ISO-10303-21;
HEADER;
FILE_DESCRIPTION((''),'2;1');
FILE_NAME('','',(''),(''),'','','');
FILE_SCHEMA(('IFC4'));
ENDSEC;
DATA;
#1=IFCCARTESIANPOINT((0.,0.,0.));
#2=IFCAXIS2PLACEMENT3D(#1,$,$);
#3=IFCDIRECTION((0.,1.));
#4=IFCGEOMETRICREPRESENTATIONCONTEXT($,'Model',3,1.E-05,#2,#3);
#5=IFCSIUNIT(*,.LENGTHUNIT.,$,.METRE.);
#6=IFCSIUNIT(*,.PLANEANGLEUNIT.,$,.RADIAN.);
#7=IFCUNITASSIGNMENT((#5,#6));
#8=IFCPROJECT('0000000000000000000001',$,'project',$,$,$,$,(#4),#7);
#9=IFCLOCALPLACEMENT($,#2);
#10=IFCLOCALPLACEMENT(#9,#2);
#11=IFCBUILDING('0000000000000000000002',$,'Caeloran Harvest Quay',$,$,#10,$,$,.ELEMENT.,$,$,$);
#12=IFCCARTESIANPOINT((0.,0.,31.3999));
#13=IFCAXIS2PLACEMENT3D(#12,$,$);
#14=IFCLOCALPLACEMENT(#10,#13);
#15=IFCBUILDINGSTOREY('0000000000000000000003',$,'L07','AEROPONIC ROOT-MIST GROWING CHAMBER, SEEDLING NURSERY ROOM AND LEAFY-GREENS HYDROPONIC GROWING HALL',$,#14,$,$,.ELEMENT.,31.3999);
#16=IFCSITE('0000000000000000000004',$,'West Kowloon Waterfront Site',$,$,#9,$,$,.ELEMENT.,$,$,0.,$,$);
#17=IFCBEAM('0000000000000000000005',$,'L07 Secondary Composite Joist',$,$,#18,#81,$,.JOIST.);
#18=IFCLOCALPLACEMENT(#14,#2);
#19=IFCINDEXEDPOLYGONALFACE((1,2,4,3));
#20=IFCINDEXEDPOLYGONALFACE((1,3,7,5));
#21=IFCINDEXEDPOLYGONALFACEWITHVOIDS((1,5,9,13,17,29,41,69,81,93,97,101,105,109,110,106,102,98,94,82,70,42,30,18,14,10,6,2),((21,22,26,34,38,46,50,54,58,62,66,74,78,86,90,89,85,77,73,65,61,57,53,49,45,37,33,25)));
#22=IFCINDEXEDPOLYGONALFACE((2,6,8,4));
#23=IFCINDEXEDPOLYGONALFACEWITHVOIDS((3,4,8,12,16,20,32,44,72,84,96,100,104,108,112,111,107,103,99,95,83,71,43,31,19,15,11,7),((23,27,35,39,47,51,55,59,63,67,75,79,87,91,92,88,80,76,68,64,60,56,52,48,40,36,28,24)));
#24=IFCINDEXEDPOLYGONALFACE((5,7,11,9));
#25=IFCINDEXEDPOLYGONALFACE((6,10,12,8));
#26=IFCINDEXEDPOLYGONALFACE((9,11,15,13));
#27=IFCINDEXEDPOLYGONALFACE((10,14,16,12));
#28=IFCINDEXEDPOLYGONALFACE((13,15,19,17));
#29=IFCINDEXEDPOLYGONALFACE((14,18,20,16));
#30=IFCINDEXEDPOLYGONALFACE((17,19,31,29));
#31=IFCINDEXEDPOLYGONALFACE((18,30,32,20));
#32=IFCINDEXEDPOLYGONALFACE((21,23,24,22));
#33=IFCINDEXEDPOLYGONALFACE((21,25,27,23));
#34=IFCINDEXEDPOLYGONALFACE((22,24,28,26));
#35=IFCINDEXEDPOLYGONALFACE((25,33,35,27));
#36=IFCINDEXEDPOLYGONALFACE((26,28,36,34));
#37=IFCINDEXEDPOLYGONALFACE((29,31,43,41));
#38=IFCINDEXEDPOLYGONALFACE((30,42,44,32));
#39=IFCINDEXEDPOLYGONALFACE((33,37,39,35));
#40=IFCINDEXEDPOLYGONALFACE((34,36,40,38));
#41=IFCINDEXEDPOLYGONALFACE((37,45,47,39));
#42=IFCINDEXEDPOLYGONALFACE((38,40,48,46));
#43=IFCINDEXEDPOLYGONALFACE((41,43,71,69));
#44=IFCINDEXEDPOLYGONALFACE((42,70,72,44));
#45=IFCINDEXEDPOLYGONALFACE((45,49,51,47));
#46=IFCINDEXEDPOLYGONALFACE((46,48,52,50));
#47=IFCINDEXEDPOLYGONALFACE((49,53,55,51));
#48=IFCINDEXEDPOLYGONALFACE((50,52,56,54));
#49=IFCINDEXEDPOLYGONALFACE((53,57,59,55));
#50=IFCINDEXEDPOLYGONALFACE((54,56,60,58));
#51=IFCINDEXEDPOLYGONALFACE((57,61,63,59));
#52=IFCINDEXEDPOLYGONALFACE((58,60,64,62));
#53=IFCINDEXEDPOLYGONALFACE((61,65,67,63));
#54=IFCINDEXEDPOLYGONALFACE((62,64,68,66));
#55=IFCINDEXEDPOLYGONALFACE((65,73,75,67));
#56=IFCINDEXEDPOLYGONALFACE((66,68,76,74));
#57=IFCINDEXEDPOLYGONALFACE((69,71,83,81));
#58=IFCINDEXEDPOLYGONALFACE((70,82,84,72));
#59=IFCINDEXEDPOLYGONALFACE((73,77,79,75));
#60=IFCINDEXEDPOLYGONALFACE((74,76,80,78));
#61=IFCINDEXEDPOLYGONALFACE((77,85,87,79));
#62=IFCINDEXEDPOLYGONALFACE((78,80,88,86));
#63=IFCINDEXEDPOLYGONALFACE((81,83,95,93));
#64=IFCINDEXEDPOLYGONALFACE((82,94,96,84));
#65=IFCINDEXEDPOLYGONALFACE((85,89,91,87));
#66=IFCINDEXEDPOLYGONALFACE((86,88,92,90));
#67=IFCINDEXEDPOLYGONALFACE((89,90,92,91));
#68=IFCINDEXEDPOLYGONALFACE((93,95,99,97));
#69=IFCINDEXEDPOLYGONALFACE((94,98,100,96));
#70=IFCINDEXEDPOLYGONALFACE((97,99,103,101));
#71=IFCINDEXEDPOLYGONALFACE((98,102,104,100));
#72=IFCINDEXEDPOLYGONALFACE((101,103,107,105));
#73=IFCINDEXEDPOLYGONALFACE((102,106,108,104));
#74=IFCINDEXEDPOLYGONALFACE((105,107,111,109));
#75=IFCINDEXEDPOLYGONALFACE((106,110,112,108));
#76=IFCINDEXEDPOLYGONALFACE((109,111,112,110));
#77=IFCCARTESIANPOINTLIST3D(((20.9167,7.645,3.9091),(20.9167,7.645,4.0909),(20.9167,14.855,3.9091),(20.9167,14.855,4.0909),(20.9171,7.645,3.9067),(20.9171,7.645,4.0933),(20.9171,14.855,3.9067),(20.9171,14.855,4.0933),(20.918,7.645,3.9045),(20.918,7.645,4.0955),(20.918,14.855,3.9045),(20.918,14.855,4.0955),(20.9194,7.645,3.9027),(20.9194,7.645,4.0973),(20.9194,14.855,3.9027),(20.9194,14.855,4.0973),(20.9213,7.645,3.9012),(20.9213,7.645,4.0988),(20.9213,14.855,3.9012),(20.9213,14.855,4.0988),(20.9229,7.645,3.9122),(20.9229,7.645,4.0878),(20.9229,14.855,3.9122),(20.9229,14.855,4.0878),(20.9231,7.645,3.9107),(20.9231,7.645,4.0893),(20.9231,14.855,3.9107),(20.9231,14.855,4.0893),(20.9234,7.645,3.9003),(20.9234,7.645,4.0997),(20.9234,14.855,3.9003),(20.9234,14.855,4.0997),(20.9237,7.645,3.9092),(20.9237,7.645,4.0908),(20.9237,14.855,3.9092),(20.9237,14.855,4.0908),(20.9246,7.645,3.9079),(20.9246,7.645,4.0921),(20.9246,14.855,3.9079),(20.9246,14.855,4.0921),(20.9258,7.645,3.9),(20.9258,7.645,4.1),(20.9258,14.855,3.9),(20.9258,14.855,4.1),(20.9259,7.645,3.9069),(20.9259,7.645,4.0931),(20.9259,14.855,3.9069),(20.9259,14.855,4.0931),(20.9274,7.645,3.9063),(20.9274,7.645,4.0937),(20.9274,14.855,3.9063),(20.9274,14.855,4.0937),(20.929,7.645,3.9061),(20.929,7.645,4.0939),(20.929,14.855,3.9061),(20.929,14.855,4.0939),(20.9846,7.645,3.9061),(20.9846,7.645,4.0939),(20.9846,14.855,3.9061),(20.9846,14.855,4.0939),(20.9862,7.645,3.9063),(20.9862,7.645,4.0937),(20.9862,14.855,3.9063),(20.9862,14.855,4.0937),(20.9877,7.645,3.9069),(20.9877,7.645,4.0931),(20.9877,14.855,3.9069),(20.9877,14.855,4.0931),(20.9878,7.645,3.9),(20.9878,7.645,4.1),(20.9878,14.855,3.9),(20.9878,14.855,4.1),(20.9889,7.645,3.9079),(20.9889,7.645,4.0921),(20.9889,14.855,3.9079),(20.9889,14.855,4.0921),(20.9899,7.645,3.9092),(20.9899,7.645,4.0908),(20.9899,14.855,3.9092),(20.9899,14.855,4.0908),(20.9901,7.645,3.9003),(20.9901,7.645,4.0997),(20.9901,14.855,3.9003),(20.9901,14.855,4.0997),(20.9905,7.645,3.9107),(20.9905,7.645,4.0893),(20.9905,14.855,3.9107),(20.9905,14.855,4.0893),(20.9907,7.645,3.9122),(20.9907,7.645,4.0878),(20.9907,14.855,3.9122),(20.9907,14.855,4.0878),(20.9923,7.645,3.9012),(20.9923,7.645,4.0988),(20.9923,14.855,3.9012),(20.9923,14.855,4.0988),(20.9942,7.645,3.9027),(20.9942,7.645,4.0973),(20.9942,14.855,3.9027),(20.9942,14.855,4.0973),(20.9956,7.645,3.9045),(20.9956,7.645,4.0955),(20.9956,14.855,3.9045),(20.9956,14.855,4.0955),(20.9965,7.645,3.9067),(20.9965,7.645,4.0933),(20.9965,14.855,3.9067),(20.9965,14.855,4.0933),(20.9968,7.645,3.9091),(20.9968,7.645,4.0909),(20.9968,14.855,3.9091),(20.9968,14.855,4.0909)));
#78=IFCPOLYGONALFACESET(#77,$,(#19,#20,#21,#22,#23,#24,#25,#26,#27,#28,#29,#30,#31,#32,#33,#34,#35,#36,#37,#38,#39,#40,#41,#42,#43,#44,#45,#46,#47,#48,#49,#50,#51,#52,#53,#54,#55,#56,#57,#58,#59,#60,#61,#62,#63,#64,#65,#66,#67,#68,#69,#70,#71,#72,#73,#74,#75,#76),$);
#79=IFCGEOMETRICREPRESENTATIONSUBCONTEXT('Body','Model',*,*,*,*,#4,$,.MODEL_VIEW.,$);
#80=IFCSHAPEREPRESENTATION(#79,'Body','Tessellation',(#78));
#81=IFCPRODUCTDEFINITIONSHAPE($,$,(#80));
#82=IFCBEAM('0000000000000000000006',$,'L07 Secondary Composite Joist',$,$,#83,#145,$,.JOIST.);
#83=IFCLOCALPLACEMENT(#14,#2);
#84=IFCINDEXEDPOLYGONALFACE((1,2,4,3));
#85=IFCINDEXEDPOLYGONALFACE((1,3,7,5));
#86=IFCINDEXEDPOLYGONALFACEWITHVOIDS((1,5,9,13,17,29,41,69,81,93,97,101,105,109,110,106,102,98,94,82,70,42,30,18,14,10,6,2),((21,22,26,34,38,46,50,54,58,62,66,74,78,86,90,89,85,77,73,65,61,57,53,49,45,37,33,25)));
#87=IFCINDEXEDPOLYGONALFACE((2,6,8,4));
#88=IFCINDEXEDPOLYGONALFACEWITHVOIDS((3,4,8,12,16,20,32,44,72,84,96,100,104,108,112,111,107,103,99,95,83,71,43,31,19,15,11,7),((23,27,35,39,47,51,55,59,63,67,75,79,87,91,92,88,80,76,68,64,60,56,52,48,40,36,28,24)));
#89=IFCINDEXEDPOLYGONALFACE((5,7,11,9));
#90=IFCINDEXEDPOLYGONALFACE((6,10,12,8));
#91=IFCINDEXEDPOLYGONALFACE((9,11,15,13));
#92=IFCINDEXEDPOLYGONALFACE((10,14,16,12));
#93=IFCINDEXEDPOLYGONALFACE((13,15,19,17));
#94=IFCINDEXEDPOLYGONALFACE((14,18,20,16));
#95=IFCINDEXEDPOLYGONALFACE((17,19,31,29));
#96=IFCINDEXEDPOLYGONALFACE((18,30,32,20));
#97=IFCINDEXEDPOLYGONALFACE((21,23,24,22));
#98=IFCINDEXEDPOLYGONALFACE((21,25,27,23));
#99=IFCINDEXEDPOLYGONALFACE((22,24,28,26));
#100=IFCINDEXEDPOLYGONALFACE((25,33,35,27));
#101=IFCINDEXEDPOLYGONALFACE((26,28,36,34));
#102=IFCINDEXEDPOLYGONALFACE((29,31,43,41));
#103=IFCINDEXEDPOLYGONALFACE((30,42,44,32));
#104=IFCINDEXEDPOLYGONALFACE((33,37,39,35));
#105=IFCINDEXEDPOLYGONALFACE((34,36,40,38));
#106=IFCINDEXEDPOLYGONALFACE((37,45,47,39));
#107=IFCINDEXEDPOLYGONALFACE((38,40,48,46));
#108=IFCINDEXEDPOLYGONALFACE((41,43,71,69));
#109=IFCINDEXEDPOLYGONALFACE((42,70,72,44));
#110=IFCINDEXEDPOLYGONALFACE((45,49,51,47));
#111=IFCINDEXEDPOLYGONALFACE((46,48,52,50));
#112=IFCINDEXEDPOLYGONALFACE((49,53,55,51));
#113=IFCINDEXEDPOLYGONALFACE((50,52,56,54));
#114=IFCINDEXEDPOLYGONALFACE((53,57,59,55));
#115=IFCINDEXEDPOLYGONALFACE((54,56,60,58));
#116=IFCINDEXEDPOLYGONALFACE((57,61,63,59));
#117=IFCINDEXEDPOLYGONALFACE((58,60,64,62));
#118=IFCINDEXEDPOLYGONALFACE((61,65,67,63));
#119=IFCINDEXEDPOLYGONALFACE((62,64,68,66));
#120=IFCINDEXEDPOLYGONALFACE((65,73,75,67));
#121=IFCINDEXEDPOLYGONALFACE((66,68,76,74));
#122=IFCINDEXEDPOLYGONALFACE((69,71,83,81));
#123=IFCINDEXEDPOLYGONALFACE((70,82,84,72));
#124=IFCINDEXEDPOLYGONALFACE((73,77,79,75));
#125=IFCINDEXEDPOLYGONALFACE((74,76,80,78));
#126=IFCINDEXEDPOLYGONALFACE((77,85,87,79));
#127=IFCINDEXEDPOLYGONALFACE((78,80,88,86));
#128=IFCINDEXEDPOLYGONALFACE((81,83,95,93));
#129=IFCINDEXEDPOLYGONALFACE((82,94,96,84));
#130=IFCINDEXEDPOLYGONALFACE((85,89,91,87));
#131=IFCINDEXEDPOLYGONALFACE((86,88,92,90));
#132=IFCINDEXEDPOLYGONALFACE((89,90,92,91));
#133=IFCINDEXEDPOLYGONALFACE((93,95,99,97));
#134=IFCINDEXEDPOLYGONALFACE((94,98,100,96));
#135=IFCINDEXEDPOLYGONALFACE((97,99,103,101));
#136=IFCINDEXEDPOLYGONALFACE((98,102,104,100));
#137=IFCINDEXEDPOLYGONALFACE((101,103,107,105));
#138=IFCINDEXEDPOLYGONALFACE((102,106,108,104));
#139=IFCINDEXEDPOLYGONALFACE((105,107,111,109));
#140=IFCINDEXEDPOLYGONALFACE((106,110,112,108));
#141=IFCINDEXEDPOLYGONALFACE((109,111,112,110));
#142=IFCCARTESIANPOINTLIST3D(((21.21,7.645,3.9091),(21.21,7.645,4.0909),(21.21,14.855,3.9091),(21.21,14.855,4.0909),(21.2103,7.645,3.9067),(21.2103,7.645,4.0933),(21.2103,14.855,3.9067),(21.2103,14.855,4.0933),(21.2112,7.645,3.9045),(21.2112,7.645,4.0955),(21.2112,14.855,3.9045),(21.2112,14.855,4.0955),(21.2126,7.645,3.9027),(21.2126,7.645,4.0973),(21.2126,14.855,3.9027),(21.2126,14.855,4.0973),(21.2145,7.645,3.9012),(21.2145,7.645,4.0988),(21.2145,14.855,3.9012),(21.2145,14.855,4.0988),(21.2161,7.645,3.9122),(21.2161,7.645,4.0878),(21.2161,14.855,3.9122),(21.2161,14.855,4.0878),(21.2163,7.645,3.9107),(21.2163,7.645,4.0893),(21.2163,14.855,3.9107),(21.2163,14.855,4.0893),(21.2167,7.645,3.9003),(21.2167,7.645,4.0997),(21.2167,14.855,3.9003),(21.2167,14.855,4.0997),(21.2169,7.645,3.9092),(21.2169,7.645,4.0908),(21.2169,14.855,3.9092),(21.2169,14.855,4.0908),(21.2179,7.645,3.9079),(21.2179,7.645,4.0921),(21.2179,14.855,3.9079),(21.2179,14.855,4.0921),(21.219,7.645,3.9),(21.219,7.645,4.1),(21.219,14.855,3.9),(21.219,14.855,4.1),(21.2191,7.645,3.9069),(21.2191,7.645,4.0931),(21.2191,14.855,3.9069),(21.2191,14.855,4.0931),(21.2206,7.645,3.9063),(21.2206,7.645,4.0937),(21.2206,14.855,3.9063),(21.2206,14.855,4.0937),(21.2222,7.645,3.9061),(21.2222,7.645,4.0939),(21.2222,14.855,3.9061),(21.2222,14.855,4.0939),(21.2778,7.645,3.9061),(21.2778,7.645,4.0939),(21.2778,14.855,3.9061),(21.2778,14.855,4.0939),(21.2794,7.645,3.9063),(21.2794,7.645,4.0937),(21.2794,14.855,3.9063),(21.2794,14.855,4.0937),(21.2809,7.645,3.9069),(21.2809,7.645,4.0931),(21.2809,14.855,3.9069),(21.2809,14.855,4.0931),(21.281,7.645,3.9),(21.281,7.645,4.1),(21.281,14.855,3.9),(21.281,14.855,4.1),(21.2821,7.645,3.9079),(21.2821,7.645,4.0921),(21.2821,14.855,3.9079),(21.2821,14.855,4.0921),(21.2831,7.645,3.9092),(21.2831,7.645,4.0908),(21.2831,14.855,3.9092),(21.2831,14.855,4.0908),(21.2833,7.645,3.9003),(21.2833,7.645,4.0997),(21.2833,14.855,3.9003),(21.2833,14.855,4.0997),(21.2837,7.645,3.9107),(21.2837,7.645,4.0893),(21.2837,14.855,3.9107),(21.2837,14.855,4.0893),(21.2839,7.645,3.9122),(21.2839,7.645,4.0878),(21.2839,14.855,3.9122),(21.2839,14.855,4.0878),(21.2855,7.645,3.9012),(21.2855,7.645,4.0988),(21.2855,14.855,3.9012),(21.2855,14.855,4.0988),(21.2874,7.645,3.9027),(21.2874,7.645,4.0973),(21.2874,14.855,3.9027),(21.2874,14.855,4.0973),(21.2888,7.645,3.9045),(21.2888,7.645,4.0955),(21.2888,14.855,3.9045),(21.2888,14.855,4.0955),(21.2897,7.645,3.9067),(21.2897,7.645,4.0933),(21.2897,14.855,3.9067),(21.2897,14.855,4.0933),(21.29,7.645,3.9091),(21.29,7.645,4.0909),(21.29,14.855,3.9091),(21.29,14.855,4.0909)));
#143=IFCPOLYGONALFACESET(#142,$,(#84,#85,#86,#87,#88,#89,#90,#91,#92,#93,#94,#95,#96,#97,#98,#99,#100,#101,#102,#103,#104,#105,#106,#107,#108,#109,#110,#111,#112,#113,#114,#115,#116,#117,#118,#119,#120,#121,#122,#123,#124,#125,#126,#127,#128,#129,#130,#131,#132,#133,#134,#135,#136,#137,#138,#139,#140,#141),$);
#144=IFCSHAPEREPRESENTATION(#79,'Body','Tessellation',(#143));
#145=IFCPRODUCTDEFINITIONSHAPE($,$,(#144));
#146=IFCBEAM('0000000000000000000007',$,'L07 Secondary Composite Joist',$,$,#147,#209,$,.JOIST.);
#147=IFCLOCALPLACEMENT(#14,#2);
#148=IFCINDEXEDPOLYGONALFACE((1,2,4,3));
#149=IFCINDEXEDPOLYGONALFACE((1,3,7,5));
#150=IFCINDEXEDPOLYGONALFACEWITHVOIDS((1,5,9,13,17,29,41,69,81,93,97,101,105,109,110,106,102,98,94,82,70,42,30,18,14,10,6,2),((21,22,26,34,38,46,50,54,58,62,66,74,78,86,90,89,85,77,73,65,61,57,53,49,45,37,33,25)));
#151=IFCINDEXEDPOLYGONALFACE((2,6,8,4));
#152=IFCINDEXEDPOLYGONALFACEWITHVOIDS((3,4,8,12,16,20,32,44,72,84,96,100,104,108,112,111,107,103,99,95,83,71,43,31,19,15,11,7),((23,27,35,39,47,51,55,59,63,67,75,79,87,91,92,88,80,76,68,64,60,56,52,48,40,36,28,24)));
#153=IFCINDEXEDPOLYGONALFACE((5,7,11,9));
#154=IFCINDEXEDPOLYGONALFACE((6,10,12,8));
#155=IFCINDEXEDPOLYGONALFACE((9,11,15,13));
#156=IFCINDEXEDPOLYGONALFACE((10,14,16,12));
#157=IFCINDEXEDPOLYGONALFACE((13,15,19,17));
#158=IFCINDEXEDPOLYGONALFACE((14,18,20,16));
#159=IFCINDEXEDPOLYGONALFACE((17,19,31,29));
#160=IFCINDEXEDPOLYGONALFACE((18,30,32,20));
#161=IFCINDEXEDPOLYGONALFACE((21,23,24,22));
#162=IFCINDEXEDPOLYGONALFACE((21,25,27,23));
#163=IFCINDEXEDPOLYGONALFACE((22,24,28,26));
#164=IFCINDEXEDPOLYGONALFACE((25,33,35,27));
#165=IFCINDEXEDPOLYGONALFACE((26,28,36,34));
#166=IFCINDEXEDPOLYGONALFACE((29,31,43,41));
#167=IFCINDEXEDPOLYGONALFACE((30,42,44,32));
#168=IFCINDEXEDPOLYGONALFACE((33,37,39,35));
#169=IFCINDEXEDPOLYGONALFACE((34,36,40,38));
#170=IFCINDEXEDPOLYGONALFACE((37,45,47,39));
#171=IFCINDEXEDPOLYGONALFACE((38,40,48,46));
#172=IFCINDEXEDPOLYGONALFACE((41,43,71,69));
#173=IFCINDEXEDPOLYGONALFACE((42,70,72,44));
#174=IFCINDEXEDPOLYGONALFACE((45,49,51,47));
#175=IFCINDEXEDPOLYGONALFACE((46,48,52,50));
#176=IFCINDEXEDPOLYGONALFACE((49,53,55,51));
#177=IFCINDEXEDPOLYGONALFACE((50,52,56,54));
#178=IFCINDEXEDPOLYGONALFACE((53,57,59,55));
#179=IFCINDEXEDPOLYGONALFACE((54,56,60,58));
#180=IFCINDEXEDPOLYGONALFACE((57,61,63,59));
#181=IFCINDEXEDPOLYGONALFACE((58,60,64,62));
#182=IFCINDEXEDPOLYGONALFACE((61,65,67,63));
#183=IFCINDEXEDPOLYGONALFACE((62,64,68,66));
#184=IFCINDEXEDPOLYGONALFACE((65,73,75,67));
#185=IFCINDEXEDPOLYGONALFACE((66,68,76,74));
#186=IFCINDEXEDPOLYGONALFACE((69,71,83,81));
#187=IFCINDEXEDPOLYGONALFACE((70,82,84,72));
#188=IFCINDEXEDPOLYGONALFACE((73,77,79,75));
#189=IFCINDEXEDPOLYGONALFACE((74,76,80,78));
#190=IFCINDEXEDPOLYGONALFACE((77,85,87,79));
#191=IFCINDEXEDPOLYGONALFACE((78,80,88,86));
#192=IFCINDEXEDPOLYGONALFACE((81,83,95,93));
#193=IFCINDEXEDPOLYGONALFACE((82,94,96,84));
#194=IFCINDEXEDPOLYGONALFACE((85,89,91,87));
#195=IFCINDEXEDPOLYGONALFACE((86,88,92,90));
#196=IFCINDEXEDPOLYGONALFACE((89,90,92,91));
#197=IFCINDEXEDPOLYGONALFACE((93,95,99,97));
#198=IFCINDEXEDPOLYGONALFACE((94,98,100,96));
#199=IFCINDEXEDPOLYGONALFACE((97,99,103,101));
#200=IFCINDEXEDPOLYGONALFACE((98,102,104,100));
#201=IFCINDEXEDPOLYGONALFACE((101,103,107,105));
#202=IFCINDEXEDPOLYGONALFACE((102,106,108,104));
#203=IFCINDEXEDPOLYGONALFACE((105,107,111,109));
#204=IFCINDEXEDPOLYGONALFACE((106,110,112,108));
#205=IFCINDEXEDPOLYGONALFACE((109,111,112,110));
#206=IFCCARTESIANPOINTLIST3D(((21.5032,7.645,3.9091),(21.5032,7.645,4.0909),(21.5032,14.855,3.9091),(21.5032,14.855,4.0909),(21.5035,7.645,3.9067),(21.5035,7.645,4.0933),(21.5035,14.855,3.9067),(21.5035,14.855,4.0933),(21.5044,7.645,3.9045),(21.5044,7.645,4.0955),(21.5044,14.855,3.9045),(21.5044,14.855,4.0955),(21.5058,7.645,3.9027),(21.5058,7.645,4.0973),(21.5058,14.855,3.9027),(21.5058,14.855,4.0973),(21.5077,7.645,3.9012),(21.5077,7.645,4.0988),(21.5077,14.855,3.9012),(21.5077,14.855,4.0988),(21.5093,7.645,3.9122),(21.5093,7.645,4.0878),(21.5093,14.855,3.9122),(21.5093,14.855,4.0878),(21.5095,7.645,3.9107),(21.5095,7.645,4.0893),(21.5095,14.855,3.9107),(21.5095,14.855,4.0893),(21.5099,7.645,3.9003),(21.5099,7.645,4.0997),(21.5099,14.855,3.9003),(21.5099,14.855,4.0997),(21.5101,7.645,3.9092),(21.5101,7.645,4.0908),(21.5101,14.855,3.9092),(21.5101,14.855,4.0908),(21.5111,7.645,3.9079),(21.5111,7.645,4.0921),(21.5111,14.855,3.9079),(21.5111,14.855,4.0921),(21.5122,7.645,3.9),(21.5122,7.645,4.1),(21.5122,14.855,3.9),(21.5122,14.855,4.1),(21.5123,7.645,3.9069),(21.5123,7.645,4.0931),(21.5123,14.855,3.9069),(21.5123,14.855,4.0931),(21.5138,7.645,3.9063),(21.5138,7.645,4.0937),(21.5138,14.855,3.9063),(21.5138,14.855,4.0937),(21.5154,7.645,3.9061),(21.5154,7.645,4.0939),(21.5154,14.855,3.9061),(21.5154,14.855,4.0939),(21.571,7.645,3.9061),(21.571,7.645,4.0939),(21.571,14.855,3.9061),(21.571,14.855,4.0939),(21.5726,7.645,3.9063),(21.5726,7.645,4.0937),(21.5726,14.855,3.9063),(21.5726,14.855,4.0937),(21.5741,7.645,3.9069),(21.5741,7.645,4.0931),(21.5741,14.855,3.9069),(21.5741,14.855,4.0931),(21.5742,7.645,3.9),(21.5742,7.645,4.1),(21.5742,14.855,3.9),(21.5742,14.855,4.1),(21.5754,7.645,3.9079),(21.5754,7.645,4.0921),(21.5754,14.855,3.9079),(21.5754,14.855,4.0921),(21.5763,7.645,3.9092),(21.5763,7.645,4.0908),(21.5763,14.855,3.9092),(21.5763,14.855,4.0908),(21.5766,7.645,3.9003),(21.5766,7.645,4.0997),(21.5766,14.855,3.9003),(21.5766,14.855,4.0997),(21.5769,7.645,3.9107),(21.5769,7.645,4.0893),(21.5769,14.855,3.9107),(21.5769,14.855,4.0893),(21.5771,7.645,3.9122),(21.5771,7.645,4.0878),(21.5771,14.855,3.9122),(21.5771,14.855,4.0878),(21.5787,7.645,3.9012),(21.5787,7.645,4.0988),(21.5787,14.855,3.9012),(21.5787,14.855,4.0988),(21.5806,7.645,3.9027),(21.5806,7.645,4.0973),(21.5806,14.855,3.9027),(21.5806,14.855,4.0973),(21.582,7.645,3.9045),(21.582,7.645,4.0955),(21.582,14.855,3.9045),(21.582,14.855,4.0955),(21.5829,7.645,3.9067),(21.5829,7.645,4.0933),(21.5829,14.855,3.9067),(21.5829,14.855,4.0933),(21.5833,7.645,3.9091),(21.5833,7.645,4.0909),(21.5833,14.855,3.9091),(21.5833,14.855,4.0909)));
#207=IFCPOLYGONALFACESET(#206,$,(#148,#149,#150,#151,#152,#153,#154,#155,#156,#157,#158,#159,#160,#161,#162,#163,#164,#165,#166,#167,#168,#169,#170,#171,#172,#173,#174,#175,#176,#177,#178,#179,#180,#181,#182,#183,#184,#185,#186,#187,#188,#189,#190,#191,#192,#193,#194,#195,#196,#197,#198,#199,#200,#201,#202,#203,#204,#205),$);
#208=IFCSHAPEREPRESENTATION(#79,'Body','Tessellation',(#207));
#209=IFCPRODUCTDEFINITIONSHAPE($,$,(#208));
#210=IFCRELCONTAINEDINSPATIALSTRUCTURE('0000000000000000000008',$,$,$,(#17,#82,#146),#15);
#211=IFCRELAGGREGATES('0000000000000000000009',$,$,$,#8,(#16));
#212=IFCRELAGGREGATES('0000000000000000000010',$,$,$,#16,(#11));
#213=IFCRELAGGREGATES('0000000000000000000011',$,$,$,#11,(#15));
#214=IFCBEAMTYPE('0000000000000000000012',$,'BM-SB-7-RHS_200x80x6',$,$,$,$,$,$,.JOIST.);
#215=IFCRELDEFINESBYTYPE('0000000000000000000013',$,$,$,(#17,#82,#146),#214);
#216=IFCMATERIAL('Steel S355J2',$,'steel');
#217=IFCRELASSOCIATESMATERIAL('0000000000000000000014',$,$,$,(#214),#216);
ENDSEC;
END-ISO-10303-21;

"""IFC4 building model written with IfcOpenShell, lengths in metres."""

from ifc_helpers import new_model, si_unit, direction, frame, origin, origin_2d, place, context, subcontext, project, spatial, hollow_rectangle, extrude, material, material_profile, profile_set, type_object, element, save


model = new_model("IFC4")

# Units and contexts
model_context = context("Model", 3, precision=1e-05, world=origin(), true_north=direction((0.0, 1.0)))
body_context = subcontext(model_context, "Body", "Model", "MODEL_VIEW")
ifc_project = project(units=[si_unit("LENGTHUNIT", "METRE"), si_unit("PLANEANGLEUNIT", "RADIAN")], contexts=[model_context])

# Site, building, storey
site_placement = place(None, origin())
site = spatial("IfcSite", under=ifc_project, at=site_placement, Name="West Kowloon Waterfront Site", CompositionType="ELEMENT", RefElevation=0.0)
building_placement = place(site_placement, origin())
building = spatial("IfcBuilding", under=site, at=building_placement, Name="Caeloran Harvest Quay", CompositionType="ELEMENT")
storey_placement = place(building_placement, frame((0.0, 0.0, 31.3999)))
storey = spatial("IfcBuildingStorey", under=building, at=storey_placement, Name="L07", Description="AEROPONIC ROOT-MIST GROWING CHAMBER, SEEDLING NURSERY ROOM AND LEAFY-GREENS HYDROPONIC GROWING HALL", CompositionType="ELEMENT", Elevation=31.3999)

# Beams
ifc_material = material(Name="Steel S355J2", Category="steel")
ifc_material_profile_1 = material_profile(ifc_material, hollow_rectangle(XDim=0.0801, YDim=0.2, WallThickness=0.0061, InnerFilletRadius=0.0061, OuterFilletRadius=0.009, at=origin_2d()), Name="RHS 200x80x6")
ifc_profile_set_1 = profile_set([ifc_material_profile_1], Name="Steel S355J2")
beam_type_1 = type_object("IfcBeamType", Name="BM-SB-7-RHS_200x80x6", PredefinedType="JOIST", material=ifc_profile_set_1)
for number, where, z_axis, x_axis, name in (
    (1, (20.9568, 7.645, 4.0), (0.0, 1.0, 0.0), (-1.0, 0.0, 0.0), "L07 Secondary Composite Joist"),
    (2, (21.25, 7.645, 4.0), (0.0, 1.0, 0.0), (-1.0, 0.0, 0.0), "L07 Secondary Composite Joist"),
    (3, (21.5432, 7.645, 4.0), (0.0, 1.0, 0.0), (-1.0, 0.0, 0.0), "L07 Secondary Composite Joist"),
):
    element("IfcBeam", number, at=place(storey_placement, frame(where, z_axis=z_axis, x_axis=x_axis)), inside=storey, type_object=beam_type_1, Name=name, PredefinedType="JOIST", context=body_context, shape_type="SweptSolid", body=[
        extrude(hollow_rectangle(XDim=0.0801, YDim=0.2, WallThickness=0.0061, InnerFilletRadius=0.0061, OuterFilletRadius=0.009, at=origin_2d()), origin(), (0.0, 0.0, 1.0), 7.21),
    ])

save(model, "model.ifc")
